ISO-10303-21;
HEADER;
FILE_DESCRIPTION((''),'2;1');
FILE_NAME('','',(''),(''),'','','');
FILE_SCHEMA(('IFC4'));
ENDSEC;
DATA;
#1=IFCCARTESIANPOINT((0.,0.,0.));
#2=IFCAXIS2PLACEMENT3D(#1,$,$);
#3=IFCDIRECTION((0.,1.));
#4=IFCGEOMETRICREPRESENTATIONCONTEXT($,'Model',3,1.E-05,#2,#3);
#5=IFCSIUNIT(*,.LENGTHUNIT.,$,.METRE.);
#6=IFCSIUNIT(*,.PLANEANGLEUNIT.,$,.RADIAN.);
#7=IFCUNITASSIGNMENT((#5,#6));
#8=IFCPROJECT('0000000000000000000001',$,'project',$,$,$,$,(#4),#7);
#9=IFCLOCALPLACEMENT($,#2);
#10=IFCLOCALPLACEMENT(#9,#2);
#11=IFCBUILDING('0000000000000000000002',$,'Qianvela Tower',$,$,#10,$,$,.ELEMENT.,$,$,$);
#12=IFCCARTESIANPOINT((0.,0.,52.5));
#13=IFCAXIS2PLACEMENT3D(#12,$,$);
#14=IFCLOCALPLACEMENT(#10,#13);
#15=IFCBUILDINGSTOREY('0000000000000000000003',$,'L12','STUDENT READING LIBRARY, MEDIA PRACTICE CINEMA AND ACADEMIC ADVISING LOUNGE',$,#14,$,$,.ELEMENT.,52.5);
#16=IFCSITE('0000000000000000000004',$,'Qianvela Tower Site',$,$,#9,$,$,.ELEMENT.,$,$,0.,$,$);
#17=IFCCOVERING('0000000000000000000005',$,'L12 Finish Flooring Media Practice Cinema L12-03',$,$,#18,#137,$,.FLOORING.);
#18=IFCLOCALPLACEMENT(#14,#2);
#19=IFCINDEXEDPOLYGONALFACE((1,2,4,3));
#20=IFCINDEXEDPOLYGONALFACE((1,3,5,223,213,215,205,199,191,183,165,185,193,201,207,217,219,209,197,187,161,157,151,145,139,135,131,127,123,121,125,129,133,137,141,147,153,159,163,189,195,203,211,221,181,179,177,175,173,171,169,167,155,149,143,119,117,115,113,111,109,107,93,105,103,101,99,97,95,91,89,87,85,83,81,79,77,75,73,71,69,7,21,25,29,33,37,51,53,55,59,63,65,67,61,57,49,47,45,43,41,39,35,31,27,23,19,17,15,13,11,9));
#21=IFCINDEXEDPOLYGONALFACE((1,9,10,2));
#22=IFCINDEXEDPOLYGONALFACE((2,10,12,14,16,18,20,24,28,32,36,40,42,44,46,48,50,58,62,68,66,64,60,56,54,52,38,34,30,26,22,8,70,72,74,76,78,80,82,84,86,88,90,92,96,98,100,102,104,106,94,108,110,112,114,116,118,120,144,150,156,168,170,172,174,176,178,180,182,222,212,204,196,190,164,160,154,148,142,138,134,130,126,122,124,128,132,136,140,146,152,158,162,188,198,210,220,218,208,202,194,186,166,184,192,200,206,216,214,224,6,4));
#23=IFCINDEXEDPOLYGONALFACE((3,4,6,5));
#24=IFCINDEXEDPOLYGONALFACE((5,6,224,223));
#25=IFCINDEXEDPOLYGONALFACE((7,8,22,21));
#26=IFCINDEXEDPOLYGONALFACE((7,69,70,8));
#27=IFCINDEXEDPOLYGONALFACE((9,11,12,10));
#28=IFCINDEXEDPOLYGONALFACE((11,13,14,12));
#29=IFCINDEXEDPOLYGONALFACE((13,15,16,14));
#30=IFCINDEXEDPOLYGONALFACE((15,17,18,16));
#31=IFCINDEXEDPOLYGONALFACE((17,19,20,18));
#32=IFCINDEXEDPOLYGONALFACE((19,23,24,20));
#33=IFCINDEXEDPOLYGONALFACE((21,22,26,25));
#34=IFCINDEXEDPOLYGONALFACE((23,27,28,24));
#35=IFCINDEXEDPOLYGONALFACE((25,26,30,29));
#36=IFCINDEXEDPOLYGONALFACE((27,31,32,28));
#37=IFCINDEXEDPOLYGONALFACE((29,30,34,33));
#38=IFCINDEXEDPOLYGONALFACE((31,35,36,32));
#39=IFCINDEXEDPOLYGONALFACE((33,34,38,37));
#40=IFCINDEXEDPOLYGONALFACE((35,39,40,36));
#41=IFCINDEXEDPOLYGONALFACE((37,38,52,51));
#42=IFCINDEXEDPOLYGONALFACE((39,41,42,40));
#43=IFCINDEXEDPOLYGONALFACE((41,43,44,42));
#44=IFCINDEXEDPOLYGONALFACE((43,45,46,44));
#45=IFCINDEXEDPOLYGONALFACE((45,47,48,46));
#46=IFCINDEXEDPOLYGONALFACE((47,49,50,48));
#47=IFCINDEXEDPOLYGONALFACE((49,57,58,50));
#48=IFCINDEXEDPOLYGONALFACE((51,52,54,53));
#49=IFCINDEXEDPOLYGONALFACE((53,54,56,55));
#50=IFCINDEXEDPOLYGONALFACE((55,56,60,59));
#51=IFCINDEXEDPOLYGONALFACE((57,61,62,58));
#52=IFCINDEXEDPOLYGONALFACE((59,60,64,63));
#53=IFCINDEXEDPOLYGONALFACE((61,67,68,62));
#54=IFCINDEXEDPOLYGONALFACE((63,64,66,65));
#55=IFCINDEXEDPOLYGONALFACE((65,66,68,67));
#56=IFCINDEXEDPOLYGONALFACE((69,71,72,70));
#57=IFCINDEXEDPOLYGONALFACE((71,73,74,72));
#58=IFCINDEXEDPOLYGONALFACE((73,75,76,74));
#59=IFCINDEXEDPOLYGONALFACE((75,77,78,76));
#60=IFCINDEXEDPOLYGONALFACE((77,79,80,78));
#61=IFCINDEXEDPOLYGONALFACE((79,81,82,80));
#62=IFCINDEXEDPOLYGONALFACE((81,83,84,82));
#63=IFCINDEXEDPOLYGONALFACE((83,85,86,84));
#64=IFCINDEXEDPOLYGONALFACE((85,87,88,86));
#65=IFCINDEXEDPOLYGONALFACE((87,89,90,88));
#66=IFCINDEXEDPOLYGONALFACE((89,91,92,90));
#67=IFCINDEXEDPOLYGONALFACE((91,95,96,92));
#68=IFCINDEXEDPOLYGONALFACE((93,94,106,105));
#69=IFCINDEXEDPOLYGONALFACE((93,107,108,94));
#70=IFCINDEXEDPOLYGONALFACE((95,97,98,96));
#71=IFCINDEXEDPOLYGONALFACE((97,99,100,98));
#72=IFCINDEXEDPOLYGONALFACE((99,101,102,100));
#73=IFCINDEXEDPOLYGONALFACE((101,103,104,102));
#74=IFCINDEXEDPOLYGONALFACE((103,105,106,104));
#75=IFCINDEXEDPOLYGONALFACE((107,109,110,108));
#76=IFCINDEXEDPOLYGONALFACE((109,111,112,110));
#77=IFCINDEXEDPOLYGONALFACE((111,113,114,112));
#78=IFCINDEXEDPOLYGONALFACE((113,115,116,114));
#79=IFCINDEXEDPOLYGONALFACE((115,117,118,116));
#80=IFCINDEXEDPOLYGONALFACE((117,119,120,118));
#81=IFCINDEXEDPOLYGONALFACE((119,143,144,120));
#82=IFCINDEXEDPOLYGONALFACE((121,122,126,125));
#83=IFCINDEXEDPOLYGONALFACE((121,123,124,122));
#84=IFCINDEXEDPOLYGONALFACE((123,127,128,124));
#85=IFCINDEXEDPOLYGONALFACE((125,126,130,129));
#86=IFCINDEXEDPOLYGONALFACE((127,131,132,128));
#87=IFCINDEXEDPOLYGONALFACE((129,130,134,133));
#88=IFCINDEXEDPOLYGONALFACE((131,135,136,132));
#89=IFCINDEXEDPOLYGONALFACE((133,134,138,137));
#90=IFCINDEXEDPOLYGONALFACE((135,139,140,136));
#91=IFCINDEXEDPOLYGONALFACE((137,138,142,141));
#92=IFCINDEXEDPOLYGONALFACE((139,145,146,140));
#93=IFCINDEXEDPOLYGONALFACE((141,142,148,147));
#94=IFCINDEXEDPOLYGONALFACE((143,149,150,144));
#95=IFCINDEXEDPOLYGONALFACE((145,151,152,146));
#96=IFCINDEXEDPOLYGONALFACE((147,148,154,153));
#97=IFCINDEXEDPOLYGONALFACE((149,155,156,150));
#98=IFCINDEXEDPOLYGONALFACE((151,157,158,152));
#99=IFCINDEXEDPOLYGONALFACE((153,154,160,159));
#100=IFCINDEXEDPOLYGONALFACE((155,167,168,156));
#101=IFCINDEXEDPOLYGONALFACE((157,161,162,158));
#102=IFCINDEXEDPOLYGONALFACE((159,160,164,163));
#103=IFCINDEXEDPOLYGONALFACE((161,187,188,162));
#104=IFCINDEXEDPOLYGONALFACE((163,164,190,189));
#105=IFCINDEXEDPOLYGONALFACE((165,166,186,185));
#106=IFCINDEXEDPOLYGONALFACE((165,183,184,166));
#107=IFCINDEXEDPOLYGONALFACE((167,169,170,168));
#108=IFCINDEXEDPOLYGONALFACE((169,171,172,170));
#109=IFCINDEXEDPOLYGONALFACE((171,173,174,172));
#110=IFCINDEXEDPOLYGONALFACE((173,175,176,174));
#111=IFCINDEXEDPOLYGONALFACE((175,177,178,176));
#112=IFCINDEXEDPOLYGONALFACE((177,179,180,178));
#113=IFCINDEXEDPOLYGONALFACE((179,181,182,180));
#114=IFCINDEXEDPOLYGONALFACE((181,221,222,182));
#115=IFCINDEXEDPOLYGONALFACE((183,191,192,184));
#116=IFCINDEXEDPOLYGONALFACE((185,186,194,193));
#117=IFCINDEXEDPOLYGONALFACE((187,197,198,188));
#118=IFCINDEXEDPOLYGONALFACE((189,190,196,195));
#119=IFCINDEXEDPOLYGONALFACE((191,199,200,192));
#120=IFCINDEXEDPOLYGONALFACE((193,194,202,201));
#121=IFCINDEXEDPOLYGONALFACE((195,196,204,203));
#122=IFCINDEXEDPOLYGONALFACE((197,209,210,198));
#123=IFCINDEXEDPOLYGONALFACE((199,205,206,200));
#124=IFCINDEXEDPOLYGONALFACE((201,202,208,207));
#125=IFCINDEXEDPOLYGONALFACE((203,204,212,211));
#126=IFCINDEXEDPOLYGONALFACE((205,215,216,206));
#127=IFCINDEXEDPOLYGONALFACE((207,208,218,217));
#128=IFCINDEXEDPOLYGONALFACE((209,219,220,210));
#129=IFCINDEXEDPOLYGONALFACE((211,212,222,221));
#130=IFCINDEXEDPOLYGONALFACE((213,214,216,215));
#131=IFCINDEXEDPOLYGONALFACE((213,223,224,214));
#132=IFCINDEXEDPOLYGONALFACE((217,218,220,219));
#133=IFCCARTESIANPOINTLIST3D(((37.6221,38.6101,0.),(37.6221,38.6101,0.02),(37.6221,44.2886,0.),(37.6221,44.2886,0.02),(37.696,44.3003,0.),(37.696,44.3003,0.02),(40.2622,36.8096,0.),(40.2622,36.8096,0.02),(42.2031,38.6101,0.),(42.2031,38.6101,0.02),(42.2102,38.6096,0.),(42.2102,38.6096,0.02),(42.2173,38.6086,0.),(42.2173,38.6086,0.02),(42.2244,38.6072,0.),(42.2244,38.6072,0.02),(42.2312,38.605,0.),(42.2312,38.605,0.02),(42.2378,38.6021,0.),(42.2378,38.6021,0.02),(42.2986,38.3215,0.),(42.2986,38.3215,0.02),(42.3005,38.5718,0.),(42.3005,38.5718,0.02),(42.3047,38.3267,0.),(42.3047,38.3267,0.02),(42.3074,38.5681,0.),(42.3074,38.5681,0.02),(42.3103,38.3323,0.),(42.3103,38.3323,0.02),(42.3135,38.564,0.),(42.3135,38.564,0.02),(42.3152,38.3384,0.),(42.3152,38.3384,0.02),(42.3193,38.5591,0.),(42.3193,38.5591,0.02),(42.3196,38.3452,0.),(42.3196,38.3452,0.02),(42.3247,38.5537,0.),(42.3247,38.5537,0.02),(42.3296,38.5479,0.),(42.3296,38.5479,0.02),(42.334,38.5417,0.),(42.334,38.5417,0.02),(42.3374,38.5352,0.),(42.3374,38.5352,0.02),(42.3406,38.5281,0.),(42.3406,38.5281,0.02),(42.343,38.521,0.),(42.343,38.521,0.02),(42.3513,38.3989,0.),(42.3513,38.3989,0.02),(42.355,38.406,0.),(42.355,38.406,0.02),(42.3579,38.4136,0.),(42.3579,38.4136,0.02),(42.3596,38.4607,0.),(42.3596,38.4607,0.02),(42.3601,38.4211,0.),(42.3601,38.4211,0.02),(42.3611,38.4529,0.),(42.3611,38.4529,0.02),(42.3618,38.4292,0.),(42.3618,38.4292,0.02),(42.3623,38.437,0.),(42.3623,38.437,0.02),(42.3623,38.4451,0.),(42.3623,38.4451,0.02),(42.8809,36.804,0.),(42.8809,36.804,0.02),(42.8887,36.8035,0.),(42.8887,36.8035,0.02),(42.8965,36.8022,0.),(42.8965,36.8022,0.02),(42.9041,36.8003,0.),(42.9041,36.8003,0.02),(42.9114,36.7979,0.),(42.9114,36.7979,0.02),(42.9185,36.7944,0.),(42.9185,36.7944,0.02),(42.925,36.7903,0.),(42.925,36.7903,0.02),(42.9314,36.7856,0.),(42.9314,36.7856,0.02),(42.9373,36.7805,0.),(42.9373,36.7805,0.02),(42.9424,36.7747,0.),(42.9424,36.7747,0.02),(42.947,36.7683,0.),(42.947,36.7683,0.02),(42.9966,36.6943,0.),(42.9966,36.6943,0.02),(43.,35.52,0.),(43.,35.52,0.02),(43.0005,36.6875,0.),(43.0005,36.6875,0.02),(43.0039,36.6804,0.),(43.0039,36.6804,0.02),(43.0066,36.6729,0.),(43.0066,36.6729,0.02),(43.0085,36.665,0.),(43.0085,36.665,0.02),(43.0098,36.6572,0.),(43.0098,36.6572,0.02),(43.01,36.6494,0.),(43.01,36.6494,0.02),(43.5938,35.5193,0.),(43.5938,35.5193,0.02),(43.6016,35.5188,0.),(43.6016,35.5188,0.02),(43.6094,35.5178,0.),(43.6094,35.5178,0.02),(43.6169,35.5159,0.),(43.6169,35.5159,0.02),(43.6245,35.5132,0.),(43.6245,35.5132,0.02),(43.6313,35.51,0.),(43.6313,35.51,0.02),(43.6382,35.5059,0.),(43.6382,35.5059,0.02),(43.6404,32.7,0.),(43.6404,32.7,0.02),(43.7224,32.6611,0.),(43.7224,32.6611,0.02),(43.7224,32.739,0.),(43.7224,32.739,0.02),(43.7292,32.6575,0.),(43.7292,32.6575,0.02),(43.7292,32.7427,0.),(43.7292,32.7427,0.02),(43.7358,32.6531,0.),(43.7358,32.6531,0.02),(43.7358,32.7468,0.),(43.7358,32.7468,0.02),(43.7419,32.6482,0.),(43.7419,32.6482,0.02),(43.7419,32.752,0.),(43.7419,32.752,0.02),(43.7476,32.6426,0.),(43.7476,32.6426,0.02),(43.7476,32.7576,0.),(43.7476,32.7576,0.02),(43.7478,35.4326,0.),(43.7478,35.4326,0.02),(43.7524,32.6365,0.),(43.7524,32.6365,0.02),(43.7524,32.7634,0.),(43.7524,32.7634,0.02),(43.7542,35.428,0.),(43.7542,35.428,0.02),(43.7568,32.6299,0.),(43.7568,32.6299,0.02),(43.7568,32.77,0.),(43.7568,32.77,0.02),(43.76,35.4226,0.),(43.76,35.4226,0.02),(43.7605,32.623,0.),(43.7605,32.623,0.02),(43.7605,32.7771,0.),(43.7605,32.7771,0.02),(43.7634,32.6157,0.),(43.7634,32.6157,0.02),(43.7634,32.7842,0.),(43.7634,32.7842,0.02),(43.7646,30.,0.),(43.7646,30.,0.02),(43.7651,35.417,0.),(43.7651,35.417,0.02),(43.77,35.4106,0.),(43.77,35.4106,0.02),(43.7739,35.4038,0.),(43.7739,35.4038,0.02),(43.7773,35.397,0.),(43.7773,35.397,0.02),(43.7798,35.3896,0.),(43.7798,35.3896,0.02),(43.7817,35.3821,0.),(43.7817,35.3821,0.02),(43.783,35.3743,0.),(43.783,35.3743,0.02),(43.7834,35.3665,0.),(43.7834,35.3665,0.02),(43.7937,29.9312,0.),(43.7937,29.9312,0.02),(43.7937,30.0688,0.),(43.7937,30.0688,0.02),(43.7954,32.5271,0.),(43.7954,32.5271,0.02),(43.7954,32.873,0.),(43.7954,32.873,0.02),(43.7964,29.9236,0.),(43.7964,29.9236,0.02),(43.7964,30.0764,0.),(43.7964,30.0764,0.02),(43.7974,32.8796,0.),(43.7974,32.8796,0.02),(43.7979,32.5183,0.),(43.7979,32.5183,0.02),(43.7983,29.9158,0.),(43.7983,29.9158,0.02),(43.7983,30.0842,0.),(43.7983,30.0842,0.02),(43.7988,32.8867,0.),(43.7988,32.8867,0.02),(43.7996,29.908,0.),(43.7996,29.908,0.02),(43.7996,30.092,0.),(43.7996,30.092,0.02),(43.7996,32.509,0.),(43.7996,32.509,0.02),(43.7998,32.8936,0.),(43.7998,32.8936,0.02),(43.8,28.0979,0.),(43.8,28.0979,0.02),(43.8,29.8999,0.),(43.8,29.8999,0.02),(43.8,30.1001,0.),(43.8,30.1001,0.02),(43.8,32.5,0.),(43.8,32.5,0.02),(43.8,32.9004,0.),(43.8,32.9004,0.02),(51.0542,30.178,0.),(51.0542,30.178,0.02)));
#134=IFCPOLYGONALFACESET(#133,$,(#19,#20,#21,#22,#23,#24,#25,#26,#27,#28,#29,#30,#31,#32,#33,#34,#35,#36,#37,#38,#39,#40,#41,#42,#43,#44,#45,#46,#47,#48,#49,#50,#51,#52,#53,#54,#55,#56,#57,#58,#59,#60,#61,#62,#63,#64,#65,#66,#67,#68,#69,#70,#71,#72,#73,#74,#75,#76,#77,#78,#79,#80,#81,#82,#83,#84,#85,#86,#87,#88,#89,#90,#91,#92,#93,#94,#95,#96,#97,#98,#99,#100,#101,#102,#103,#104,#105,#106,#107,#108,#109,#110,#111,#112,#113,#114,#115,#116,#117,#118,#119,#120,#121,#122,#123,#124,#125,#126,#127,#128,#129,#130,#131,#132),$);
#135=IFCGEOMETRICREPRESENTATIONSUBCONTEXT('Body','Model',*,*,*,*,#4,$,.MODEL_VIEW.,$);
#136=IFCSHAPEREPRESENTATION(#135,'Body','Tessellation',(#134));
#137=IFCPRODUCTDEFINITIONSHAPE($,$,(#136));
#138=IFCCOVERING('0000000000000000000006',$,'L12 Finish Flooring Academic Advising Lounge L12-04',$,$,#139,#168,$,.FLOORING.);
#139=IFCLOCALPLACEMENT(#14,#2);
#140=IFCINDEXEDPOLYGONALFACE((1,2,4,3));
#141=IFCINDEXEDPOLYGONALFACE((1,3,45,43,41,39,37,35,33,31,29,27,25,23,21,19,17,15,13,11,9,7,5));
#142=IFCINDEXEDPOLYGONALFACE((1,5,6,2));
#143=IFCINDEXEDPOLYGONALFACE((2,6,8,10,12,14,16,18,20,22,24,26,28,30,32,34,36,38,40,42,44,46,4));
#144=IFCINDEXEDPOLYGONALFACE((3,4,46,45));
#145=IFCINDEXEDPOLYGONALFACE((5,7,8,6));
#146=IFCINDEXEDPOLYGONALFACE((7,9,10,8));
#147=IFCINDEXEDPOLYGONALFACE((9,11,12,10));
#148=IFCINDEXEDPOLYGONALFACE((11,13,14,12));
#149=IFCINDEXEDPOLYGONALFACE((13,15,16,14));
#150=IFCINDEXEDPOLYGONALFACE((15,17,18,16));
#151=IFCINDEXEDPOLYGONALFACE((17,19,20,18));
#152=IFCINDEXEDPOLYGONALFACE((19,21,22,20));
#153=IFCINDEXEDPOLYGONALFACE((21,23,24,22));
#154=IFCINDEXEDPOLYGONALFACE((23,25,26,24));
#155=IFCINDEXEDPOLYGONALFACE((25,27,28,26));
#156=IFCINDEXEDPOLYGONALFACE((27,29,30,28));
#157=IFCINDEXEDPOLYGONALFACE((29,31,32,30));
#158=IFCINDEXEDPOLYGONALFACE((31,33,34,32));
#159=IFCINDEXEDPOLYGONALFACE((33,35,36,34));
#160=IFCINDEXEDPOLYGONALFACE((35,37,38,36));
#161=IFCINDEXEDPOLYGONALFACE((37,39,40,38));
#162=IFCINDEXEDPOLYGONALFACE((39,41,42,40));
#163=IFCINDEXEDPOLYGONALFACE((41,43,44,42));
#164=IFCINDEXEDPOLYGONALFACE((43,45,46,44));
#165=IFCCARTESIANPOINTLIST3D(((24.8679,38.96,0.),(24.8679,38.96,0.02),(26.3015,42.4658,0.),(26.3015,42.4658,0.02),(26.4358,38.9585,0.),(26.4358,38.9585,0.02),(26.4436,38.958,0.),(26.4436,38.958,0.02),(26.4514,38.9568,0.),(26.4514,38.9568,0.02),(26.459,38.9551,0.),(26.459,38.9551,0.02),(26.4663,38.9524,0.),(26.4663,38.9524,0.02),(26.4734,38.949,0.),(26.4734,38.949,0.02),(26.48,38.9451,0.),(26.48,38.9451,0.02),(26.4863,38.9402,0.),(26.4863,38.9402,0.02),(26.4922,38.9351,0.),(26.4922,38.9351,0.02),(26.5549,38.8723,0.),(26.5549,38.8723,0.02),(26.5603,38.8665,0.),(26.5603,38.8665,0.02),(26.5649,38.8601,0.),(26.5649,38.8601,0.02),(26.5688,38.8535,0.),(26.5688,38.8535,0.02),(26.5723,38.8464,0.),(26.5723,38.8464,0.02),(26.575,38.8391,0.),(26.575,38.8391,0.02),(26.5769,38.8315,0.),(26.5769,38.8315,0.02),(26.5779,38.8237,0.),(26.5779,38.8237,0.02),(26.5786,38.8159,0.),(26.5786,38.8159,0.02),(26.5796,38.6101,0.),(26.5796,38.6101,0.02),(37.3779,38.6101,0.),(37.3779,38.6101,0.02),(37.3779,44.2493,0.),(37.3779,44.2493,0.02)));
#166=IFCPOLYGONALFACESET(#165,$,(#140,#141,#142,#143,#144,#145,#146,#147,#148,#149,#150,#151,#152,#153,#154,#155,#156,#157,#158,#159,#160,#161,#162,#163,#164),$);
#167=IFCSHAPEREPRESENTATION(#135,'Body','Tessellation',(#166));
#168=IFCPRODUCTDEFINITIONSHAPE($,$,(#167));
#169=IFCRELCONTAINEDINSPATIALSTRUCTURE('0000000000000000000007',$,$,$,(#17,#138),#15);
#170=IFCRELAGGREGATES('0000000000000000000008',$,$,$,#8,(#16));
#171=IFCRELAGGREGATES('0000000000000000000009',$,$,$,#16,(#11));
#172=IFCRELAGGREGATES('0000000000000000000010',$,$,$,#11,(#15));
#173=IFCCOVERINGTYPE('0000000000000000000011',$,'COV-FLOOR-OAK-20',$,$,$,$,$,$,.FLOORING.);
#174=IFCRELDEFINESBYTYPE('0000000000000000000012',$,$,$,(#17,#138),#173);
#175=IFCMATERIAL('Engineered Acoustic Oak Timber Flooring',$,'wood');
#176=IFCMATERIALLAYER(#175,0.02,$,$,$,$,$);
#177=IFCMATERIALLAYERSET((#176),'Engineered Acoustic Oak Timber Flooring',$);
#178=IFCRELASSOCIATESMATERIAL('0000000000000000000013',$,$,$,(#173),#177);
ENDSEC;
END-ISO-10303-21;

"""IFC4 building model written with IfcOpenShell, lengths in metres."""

from ifc_helpers import new_model, si_unit, direction, frame, origin, place, context, subcontext, project, spatial, polyline, outline, extrude, material, layer, layer_set, type_object, element, save


model = new_model("IFC4")

# Units and contexts
model_context = context("Model", 3, precision=1e-05, world=origin(), true_north=direction((0.0, 1.0)))
body_context = subcontext(model_context, "Body", "Model", "MODEL_VIEW")
ifc_project = project(units=[si_unit("LENGTHUNIT", "METRE"), si_unit("PLANEANGLEUNIT", "RADIAN")], contexts=[model_context])

# Site, building, storey
site_placement = place(None, origin())
site = spatial("IfcSite", under=ifc_project, at=site_placement, Name="Qianvela Tower Site", CompositionType="ELEMENT", RefElevation=0.0)
building_placement = place(site_placement, origin())
building = spatial("IfcBuilding", under=site, at=building_placement, Name="Qianvela Tower", CompositionType="ELEMENT")
storey_placement = place(building_placement, frame((0.0, 0.0, 52.5)))
storey = spatial("IfcBuildingStorey", under=building, at=storey_placement, Name="L12", Description="STUDENT READING LIBRARY, MEDIA PRACTICE CINEMA AND ACADEMIC ADVISING LOUNGE", CompositionType="ELEMENT", Elevation=52.5)

# Coverings
ifc_material_1 = material(Name="Engineered Acoustic Oak Timber Flooring", Category="wood")
ifc_layer_1 = layer(ifc_material_1, 0.02)
ifc_layer_set_1 = layer_set([ifc_layer_1], Name="Engineered Acoustic Oak Timber Flooring")
covering_type_1 = type_object("IfcCoveringType", Name="COV-FLOOR-OAK-20", PredefinedType="FLOORING", material=ifc_layer_set_1)
covering_1_placement = place(storey_placement, origin())
element("IfcCovering", 1, at=covering_1_placement, inside=storey, type_object=covering_type_1, Name="L12 Finish Flooring Media Practice Cinema L12-03", PredefinedType="FLOORING", context=body_context, shape_type="SweptSolid", body=[
    extrude(outline(polyline([(43.6404, 32.7), (43.7224, 32.739), (43.7292, 32.7427), (43.7358, 32.7468), (43.7419, 32.752), (43.7476, 32.7576), (43.7524, 32.7634), (43.7568, 32.77), (43.7605, 32.7771), (43.7634, 32.7842), (43.7954, 32.873), (43.7974, 32.8796), (43.7988, 32.8867), (43.7998, 32.8936), (43.8, 32.9004), (43.7834, 35.3665), (43.783, 35.3743), (43.7817, 35.3821), (43.7798, 35.3896), (43.7773, 35.397), (43.7739, 35.4038), (43.77, 35.4106), (43.7651, 35.417), (43.76, 35.4226), (43.7542, 35.428), (43.7478, 35.4326), (43.6382, 35.5059), (43.6313, 35.51), (43.6245, 35.5132), (43.6169, 35.5159), (43.6094, 35.5178), (43.6016, 35.5188), (43.5938, 35.5193), (43.0, 35.52), (43.01, 36.6494), (43.0098, 36.6572), (43.0085, 36.665), (43.0066, 36.6729), (43.0039, 36.6804), (43.0005, 36.6875), (42.9966, 36.6943), (42.947, 36.7683), (42.9424, 36.7747), (42.9373, 36.7805), (42.9314, 36.7856), (42.925, 36.7903), (42.9185, 36.7944), (42.9114, 36.7979), (42.9041, 36.8003), (42.8965, 36.8022), (42.8887, 36.8035), (42.8809, 36.804), (40.2622, 36.8096), (42.2986, 38.3215), (42.3047, 38.3267), (42.3103, 38.3323), (42.3152, 38.3384), (42.3196, 38.3452), (42.3513, 38.3989), (42.355, 38.406), (42.3579, 38.4136), (42.3601, 38.4211), (42.3618, 38.4292), (42.3623, 38.437), (42.3623, 38.4451), (42.3611, 38.4529), (42.3596, 38.4607), (42.343, 38.521), (42.3406, 38.5281), (42.3374, 38.5352), (42.334, 38.5417), (42.3296, 38.5479), (42.3247, 38.5537), (42.3193, 38.5591), (42.3135, 38.564), (42.3074, 38.5681), (42.3005, 38.5718), (42.2378, 38.6021), (42.2312, 38.605), (42.2244, 38.6072), (42.2173, 38.6086), (42.2102, 38.6096), (42.2031, 38.6101), (37.6221, 38.6101), (37.6221, 44.2886), (37.696, 44.3003), (51.0542, 30.178), (43.8, 28.0979), (43.8, 29.8999), (43.7996, 29.908), (43.7983, 29.9158), (43.7964, 29.9236), (43.7937, 29.9312), (43.7646, 30.0), (43.7937, 30.0688), (43.7964, 30.0764), (43.7983, 30.0842), (43.7996, 30.092), (43.8, 30.1001), (43.8, 32.5), (43.7996, 32.509), (43.7979, 32.5183), (43.7954, 32.5271), (43.7634, 32.6157), (43.7605, 32.623), (43.7568, 32.6299), (43.7524, 32.6365), (43.7476, 32.6426), (43.7419, 32.6482), (43.7358, 32.6531), (43.7292, 32.6575), (43.7224, 32.6611), (43.6404, 32.7)])), origin(), (0.0, 0.0, 1.0), 0.02),
])
covering_2_placement = place(storey_placement, origin())
element("IfcCovering", 2, at=covering_2_placement, inside=storey, type_object=covering_type_1, Name="L12 Finish Flooring Academic Advising Lounge L12-04", PredefinedType="FLOORING", context=body_context, shape_type="SweptSolid", body=[
    extrude(outline(polyline([(26.5786, 38.8159), (26.5779, 38.8237), (26.5769, 38.8315), (26.575, 38.8391), (26.5723, 38.8464), (26.5688, 38.8535), (26.5649, 38.8601), (26.5603, 38.8665), (26.5549, 38.8723), (26.4922, 38.9351), (26.4863, 38.9402), (26.48, 38.9451), (26.4734, 38.949), (26.4663, 38.9524), (26.459, 38.9551), (26.4514, 38.9568), (26.4436, 38.958), (26.4358, 38.9585), (24.8679, 38.96), (26.3015, 42.4658), (37.3779, 44.2493), (37.3779, 38.6101), (26.5796, 38.6101), (26.5786, 38.8159)])), origin(), (0.0, 0.0, 1.0), 0.02),
])

save(model, "model.ifc")
